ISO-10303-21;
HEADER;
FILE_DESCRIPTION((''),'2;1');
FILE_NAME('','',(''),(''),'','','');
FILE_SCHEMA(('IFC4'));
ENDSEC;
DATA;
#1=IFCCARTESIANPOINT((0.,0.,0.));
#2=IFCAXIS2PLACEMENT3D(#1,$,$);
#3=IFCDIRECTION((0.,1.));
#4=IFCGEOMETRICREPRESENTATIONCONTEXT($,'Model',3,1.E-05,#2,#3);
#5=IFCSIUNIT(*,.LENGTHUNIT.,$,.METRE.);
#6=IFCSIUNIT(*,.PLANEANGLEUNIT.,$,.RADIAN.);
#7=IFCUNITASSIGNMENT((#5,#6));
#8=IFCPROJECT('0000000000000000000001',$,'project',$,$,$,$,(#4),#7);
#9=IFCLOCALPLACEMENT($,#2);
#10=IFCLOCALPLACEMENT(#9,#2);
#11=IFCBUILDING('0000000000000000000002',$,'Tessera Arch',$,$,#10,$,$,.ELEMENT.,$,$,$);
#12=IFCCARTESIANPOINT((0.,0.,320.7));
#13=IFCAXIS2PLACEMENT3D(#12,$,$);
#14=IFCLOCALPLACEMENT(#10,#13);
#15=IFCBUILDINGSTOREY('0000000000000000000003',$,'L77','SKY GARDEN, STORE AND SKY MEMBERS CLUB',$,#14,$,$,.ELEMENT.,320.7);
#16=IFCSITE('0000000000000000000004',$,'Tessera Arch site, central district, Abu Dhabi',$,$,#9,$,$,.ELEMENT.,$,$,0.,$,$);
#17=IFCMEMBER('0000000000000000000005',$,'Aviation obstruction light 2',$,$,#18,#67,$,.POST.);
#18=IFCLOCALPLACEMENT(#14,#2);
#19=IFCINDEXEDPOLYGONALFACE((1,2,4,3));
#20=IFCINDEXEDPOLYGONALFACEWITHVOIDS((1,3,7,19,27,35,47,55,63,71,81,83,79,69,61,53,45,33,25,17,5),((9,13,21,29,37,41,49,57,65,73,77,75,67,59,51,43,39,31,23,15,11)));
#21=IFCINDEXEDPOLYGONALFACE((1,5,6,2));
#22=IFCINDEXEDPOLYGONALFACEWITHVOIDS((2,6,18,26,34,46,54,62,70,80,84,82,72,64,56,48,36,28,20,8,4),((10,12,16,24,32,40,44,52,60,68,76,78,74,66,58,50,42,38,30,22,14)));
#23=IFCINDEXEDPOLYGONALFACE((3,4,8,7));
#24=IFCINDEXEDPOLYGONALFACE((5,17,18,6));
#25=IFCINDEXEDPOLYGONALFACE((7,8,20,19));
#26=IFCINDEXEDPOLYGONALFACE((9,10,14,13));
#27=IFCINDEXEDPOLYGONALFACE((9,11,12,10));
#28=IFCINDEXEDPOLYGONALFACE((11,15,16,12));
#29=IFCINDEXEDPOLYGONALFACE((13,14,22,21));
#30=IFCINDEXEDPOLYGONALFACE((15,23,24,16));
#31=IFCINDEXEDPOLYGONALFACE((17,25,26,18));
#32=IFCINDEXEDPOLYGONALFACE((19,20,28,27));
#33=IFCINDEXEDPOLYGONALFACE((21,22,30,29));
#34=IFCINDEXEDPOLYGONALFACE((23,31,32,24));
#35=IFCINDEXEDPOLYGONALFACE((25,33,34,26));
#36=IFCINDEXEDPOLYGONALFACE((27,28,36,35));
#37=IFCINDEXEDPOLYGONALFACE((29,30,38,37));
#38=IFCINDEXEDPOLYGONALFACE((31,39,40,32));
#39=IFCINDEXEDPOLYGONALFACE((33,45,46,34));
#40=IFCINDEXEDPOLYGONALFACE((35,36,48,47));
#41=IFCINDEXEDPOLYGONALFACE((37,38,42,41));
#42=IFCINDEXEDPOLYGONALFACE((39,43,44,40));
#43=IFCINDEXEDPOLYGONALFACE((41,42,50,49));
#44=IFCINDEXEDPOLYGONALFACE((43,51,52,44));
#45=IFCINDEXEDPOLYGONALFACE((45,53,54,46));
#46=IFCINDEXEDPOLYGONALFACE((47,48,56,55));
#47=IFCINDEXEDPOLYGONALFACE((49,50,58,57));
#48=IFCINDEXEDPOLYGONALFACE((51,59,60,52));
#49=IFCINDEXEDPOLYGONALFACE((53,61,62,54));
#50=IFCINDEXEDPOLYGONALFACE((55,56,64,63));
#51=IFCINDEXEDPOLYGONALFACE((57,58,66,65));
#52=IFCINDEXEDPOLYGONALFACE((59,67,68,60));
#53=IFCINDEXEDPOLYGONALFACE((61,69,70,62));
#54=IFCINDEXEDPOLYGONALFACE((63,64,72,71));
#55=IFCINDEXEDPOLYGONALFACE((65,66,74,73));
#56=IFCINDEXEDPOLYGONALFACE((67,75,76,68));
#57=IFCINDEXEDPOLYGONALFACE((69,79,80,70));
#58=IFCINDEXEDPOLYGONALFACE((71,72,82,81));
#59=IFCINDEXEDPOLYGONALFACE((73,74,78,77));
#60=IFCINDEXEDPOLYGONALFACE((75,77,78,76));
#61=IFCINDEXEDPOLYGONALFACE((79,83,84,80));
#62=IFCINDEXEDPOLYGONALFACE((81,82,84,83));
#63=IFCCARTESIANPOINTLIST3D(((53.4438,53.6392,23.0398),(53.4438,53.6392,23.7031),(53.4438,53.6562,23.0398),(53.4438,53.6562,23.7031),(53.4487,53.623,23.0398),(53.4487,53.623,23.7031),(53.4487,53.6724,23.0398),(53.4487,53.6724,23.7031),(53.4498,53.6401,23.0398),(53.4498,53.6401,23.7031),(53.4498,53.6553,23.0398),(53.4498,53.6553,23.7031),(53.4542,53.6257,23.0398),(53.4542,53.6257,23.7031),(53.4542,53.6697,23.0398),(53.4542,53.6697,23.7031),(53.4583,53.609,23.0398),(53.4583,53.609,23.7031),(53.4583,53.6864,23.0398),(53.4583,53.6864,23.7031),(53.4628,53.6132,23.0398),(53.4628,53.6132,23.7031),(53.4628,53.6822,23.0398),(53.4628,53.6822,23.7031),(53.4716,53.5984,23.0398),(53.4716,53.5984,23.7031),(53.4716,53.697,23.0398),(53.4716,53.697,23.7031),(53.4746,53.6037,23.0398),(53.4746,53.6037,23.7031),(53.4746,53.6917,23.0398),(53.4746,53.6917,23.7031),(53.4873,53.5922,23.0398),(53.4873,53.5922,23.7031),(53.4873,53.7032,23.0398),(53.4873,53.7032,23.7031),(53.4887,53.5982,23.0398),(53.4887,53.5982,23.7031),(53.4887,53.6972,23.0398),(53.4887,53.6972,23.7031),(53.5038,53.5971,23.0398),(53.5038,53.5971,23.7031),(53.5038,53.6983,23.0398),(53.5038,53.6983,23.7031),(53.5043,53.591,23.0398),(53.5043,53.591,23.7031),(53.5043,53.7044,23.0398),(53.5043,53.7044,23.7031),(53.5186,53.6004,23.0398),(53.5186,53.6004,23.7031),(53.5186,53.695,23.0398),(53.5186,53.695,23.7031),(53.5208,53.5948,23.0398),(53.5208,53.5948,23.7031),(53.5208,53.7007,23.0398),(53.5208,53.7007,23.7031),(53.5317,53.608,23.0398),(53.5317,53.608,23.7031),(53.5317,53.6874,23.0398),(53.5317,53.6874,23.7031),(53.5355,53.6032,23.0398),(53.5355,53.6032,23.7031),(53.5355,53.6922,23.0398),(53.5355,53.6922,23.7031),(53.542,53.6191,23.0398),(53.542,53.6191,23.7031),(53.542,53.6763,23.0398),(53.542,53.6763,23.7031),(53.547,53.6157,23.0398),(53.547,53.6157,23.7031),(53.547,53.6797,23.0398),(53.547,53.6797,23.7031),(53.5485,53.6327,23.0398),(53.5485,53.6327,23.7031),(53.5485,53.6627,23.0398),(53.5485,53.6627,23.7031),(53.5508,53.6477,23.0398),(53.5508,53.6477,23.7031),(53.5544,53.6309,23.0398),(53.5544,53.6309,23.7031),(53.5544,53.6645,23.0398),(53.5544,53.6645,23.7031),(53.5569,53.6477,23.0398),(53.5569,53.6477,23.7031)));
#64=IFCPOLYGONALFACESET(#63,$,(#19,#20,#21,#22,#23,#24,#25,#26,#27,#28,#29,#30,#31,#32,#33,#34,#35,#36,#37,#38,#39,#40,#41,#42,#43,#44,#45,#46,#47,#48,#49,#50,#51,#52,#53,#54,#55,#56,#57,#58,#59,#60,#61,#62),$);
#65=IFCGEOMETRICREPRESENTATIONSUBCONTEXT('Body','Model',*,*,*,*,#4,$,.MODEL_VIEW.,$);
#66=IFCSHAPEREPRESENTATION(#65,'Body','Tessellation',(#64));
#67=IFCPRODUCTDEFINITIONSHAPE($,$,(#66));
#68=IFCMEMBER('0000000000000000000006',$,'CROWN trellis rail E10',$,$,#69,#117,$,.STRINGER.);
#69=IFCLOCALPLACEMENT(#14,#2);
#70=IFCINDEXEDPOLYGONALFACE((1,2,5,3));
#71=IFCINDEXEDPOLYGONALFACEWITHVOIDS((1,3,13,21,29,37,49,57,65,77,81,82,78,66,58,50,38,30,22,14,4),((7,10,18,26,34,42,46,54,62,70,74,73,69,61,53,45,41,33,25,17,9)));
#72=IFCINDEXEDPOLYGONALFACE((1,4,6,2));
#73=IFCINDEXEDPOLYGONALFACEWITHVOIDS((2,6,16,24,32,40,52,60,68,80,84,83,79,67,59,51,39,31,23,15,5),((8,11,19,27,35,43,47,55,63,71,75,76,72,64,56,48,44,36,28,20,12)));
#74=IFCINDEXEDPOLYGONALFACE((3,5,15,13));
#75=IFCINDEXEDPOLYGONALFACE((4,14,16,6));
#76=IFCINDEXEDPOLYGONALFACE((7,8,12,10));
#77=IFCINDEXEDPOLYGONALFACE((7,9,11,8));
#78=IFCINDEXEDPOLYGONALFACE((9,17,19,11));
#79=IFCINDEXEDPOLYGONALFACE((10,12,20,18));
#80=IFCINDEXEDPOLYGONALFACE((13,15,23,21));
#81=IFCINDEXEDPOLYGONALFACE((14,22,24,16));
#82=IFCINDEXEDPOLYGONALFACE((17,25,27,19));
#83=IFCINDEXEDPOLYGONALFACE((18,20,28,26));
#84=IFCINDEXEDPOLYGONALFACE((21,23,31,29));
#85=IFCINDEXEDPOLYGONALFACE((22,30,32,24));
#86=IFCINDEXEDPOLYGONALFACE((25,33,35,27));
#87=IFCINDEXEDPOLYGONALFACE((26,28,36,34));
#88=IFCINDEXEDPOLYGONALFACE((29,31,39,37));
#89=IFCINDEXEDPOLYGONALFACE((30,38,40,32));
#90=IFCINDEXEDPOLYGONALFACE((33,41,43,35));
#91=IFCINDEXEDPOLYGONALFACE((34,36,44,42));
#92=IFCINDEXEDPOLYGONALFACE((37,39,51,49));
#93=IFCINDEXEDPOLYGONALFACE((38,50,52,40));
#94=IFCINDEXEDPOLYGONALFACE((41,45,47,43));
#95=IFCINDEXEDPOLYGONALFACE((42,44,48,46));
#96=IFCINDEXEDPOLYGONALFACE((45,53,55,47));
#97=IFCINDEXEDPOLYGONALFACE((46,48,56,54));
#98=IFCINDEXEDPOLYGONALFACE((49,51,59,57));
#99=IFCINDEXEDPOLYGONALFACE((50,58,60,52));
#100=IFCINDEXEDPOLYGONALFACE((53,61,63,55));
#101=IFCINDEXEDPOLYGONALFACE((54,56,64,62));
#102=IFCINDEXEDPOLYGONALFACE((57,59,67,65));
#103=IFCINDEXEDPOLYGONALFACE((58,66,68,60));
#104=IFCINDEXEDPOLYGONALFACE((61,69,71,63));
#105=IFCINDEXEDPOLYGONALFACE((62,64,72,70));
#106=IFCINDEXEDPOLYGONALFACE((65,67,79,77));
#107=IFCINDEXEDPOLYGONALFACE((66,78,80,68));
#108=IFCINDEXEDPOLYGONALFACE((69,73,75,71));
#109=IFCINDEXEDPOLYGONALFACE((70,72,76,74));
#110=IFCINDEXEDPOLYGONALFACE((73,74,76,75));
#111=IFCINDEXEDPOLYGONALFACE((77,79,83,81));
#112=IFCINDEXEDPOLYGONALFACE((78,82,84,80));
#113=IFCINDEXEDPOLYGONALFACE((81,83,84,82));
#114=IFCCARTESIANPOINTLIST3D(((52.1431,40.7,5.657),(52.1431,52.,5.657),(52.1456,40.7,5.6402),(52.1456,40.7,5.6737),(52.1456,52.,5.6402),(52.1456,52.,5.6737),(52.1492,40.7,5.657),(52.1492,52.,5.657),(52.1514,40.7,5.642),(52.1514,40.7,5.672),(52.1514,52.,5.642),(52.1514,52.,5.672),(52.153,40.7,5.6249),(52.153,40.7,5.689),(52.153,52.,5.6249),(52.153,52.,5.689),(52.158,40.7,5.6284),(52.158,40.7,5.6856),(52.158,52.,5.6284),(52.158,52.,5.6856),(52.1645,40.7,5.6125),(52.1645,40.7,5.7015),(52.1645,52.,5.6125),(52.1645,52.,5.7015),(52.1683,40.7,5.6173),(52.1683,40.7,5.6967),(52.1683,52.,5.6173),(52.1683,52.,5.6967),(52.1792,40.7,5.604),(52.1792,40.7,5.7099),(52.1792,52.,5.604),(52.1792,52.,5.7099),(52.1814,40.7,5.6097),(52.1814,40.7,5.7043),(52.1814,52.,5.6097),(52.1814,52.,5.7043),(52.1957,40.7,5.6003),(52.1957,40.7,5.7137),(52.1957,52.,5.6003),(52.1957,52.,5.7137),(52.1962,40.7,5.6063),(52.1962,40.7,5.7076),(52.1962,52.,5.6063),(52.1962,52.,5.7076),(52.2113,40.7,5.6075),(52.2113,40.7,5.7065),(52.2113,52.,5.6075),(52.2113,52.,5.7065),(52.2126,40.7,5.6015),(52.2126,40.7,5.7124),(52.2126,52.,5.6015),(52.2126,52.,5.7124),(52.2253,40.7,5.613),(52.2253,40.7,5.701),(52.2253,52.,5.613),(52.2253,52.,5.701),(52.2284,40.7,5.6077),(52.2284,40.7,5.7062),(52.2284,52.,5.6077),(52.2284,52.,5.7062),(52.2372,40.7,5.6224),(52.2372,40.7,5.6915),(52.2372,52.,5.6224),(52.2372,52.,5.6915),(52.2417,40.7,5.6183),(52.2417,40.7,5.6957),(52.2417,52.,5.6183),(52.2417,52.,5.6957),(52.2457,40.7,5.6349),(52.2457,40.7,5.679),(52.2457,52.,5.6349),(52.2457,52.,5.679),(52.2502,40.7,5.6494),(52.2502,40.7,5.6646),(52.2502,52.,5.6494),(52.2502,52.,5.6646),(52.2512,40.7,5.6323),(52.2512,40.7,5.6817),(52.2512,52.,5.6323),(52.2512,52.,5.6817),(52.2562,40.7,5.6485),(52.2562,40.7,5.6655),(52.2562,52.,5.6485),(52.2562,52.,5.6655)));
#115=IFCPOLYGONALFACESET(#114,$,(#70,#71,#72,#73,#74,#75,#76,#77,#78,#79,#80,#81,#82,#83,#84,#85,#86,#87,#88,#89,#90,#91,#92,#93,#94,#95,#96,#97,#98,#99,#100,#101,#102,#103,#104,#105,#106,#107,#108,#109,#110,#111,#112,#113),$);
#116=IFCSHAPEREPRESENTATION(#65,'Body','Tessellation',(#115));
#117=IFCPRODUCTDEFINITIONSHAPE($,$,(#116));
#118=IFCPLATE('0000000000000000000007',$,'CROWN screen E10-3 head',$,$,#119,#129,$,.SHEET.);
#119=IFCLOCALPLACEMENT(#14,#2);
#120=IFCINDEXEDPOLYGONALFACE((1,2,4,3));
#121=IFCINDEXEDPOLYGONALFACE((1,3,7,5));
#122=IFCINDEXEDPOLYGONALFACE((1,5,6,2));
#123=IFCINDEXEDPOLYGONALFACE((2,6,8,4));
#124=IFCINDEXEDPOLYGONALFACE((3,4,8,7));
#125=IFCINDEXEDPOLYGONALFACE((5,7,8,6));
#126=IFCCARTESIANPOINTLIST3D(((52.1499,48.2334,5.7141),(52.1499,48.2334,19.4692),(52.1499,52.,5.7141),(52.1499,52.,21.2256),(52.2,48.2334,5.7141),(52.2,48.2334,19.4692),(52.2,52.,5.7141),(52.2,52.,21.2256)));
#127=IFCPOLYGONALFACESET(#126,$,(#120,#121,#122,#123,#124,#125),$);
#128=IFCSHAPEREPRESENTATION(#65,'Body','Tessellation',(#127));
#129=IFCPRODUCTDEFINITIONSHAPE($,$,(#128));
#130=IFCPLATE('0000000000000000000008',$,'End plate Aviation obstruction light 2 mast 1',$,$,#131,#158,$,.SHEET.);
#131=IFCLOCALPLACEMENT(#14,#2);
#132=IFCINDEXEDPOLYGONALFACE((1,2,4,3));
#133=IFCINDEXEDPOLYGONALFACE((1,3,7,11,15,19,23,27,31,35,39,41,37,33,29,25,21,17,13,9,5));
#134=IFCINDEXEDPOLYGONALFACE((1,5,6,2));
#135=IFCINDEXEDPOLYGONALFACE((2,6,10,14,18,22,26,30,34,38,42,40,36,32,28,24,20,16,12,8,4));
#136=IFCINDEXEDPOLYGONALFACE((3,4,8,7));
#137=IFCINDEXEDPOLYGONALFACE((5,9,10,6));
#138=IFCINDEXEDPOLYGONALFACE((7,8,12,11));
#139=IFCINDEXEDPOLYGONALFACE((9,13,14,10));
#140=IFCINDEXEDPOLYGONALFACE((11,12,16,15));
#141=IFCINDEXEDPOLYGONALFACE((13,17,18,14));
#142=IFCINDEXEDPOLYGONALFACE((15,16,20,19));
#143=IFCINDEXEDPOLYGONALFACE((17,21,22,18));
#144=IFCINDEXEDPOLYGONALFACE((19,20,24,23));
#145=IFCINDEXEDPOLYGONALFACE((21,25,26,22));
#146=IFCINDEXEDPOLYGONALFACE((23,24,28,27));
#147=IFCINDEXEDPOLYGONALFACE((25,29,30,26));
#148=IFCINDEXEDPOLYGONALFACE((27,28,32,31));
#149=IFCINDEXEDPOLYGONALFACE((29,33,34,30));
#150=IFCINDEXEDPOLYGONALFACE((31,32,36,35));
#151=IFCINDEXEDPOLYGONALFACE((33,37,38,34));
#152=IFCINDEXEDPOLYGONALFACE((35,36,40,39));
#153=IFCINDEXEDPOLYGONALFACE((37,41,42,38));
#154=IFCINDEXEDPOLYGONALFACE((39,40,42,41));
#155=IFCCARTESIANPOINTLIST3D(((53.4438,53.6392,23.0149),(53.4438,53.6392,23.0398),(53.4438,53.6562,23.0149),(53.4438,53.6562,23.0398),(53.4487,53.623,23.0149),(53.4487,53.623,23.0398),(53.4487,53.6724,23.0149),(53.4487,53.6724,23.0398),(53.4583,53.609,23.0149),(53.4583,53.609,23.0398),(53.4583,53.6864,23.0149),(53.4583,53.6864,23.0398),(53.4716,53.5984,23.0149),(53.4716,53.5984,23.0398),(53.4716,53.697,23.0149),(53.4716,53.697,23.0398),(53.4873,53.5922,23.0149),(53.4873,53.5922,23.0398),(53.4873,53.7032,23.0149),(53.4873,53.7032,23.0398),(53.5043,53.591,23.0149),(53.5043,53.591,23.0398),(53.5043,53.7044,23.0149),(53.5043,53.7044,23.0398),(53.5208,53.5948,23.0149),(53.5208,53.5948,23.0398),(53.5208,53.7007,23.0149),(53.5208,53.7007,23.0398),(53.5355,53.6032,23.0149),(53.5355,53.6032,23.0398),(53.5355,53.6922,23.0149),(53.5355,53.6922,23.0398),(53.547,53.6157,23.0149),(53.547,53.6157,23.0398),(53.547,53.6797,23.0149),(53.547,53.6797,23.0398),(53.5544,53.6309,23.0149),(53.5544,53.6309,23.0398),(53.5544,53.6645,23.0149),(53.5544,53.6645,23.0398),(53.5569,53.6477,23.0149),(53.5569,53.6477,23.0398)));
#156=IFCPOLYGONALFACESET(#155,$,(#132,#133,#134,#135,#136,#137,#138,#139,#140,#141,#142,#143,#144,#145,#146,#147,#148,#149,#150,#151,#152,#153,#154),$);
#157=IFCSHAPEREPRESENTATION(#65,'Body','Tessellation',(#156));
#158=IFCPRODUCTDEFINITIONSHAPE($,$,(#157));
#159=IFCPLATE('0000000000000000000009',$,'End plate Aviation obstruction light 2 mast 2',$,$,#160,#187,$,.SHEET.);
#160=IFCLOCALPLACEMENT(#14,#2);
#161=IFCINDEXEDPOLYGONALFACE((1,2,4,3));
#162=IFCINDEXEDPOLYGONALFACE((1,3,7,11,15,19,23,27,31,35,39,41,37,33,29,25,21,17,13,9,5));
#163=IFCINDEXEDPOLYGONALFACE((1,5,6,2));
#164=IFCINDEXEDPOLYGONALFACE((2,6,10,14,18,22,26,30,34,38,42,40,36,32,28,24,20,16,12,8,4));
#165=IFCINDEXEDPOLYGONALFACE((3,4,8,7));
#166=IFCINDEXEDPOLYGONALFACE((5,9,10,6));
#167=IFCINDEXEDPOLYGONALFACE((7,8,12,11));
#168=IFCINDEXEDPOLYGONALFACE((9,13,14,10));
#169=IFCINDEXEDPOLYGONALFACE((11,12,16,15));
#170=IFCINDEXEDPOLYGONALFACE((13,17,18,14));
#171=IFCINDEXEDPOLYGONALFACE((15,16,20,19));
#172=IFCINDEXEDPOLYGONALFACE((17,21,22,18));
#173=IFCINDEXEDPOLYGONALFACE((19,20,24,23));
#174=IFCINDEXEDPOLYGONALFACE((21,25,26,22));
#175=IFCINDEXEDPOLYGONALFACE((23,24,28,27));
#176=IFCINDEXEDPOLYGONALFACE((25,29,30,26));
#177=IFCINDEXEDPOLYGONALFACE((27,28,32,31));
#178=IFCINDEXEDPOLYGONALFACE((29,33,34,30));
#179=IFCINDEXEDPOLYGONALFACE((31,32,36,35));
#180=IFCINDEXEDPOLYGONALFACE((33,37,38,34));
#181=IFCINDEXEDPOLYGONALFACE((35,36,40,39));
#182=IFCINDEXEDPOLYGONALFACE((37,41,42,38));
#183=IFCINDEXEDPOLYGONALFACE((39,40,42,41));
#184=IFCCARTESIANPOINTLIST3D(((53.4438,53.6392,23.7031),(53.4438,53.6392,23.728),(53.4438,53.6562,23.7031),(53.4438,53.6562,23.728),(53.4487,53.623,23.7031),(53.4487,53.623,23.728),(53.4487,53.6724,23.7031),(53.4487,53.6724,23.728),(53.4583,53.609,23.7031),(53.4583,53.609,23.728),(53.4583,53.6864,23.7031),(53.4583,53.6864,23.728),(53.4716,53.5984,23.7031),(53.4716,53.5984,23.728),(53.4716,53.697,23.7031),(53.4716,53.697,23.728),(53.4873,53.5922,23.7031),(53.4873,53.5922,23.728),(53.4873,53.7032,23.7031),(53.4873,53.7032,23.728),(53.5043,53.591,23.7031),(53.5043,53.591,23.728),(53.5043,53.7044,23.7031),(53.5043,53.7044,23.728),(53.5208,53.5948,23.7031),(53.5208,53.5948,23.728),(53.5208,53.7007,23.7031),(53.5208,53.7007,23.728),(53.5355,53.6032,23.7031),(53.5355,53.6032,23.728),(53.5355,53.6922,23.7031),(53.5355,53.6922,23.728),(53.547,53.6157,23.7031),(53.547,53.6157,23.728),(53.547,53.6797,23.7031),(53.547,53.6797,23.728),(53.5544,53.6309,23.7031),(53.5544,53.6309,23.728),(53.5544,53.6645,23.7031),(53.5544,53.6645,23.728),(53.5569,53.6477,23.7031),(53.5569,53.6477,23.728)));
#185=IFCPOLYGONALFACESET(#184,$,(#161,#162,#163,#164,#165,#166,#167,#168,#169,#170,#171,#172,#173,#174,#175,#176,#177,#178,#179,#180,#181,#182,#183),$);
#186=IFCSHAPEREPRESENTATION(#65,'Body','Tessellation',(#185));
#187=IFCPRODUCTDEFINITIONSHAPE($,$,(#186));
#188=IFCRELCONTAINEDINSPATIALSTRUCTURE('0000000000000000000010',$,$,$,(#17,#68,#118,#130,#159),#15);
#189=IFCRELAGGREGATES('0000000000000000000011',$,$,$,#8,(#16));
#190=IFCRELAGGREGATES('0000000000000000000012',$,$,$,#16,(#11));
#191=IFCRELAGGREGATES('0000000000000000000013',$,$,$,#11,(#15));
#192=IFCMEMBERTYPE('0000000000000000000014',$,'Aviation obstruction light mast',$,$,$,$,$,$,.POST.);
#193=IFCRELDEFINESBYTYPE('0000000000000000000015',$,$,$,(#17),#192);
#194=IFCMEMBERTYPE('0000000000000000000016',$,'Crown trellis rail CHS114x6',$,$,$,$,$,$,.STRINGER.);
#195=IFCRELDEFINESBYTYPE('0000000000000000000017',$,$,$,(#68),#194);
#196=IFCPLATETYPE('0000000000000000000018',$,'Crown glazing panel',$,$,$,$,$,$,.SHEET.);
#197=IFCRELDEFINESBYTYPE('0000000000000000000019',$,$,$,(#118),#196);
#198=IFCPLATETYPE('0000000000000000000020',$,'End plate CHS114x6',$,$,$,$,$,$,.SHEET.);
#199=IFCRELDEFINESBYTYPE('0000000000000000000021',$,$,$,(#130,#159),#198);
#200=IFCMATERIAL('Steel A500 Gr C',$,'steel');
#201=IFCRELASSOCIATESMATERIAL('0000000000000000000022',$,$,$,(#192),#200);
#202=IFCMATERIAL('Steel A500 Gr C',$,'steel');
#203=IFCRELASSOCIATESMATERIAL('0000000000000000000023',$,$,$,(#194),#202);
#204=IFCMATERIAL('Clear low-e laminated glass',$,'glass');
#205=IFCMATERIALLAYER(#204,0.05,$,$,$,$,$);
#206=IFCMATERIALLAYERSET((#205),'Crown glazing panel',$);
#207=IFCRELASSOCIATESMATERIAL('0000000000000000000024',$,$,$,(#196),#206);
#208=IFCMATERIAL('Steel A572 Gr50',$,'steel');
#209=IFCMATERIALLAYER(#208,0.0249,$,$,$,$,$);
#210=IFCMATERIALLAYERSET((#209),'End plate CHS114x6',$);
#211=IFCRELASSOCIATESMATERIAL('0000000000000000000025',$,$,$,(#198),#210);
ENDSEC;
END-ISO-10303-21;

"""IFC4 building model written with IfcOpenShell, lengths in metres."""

from ifc_helpers import new_model, si_unit, direction, frame, origin, origin_2d, place, context, subcontext, project, spatial, polyline, circle, hollow_circle, outline, extrude, material, layer, layer_set, material_profile, profile_set, type_object, element, save


model = new_model("IFC4")

# Units and contexts
model_context = context("Model", 3, precision=1e-05, world=origin(), true_north=direction((0.0, 1.0)))
body_context = subcontext(model_context, "Body", "Model", "MODEL_VIEW")
ifc_project = project(units=[si_unit("LENGTHUNIT", "METRE"), si_unit("PLANEANGLEUNIT", "RADIAN")], contexts=[model_context])

# Site, building, storey
site_placement = place(None, origin())
site = spatial("IfcSite", under=ifc_project, at=site_placement, Name="Tessera Arch site, central district, Abu Dhabi", CompositionType="ELEMENT", RefElevation=0.0)
building_placement = place(site_placement, origin())
building = spatial("IfcBuilding", under=site, at=building_placement, Name="Tessera Arch", CompositionType="ELEMENT")
storey_placement = place(building_placement, frame((0.0, 0.0, 320.7)))
storey = spatial("IfcBuildingStorey", under=building, at=storey_placement, Name="L77", Description="SKY GARDEN, STORE AND SKY MEMBERS CLUB", CompositionType="ELEMENT", Elevation=320.7)

# Members
ifc_material_1 = material(Name="Steel A500 Gr C", Category="steel")
ifc_material_profile_1 = material_profile(ifc_material_1, hollow_circle(Radius=0.0569, WallThickness=0.0061, at=origin_2d()), Name="Aviation obstruction light mast")
ifc_profile_set_1 = profile_set([ifc_material_profile_1], Name="Steel A500 Gr C")
member_type_1 = type_object("IfcMemberType", Name="Aviation obstruction light mast", PredefinedType="POST", material=ifc_profile_set_1)
member_1_placement = place(storey_placement, frame((53.5, 53.6477, 23.0398), z_axis=(0.0, 0.0, 1.0), x_axis=(1.0, 0.0, 0.0)))
element("IfcMember", 1, at=member_1_placement, inside=storey, type_object=member_type_1, Name="Aviation obstruction light 2", PredefinedType="POST", context=body_context, shape_type="SweptSolid", body=[
    extrude(hollow_circle(Radius=0.0569, WallThickness=0.0061, at=origin_2d()), origin(), (0.0, 0.0, 1.0), 0.6633),
])
ifc_material_2 = material(Name="Steel A500 Gr C", Category="steel")
ifc_material_profile_2 = material_profile(ifc_material_2, hollow_circle(Radius=0.0569, WallThickness=0.0061, at=origin_2d()), Name="Crown trellis rail CHS114x6")
ifc_profile_set_2 = profile_set([ifc_material_profile_2], Name="Steel A500 Gr C")
member_type_2 = type_object("IfcMemberType", Name="Crown trellis rail CHS114x6", PredefinedType="STRINGER", material=ifc_profile_set_2)
member_2_placement = place(storey_placement, frame((52.2, 40.7, 5.657), z_axis=(0.0, 1.0, 0.0), x_axis=(-1.0, 0.0, 0.0)))
element("IfcMember", 2, at=member_2_placement, inside=storey, type_object=member_type_2, Name="CROWN trellis rail E10", PredefinedType="STRINGER", context=body_context, shape_type="SweptSolid", body=[
    extrude(hollow_circle(Radius=0.0569, WallThickness=0.0061, at=origin_2d()), origin(), (0.0, 0.0, 1.0), 11.3),
])

# Plates
ifc_material_3 = material(Name="Clear low-e laminated glass", Category="glass")
ifc_layer_1 = layer(ifc_material_3, 0.05)
ifc_layer_set_1 = layer_set([ifc_layer_1], Name="Crown glazing panel")
plate_type_1 = type_object("IfcPlateType", Name="Crown glazing panel", PredefinedType="SHEET", material=ifc_layer_set_1)
plate_placement = place(storey_placement, frame((52.2, 48.2334, 5.7141), z_axis=(1.0, 0.0, 0.0), x_axis=(0.0, 1.0, 0.0)))
element("IfcPlate", 3, at=plate_placement, inside=storey, type_object=plate_type_1, Name="CROWN screen E10-3 head", PredefinedType="SHEET", context=body_context, shape_type="SweptSolid", body=[
    extrude(outline(polyline([(0.0, 0.0), (3.7666, 0.0), (3.7666, 15.5115), (0.0, 13.7551), (0.0, 0.0)])), origin(), (0.0, 0.0, -1.0), 0.05),
])
ifc_material_4 = material(Name="Steel A572 Gr50", Category="steel")
ifc_layer_2 = layer(ifc_material_4, 0.0249)
ifc_layer_set_2 = layer_set([ifc_layer_2], Name="End plate CHS114x6")
plate_type_2 = type_object("IfcPlateType", Name="End plate CHS114x6", PredefinedType="SHEET", material=ifc_layer_set_2)
for number, where, z_axis, x_axis, name in (
    (4, (53.5, 53.6477, 23.0149), (0.0, 0.0, 1.0), (1.0, 0.0, 0.0), "End plate Aviation obstruction light 2 mast 1"),
    (5, (53.5, 53.6477, 23.7031), (0.0, 0.0, 1.0), (1.0, 0.0, 0.0), "End plate Aviation obstruction light 2 mast 2"),
):
    element("IfcPlate", number, at=place(storey_placement, frame(where, z_axis=z_axis, x_axis=x_axis)), inside=storey, type_object=plate_type_2, Name=name, PredefinedType="SHEET", context=body_context, shape_type="SweptSolid", body=[
        extrude(circle(Radius=0.0569, at=origin_2d()), origin(), (0.0, 0.0, 1.0), 0.0249),
    ])

save(model, "model.ifc")
